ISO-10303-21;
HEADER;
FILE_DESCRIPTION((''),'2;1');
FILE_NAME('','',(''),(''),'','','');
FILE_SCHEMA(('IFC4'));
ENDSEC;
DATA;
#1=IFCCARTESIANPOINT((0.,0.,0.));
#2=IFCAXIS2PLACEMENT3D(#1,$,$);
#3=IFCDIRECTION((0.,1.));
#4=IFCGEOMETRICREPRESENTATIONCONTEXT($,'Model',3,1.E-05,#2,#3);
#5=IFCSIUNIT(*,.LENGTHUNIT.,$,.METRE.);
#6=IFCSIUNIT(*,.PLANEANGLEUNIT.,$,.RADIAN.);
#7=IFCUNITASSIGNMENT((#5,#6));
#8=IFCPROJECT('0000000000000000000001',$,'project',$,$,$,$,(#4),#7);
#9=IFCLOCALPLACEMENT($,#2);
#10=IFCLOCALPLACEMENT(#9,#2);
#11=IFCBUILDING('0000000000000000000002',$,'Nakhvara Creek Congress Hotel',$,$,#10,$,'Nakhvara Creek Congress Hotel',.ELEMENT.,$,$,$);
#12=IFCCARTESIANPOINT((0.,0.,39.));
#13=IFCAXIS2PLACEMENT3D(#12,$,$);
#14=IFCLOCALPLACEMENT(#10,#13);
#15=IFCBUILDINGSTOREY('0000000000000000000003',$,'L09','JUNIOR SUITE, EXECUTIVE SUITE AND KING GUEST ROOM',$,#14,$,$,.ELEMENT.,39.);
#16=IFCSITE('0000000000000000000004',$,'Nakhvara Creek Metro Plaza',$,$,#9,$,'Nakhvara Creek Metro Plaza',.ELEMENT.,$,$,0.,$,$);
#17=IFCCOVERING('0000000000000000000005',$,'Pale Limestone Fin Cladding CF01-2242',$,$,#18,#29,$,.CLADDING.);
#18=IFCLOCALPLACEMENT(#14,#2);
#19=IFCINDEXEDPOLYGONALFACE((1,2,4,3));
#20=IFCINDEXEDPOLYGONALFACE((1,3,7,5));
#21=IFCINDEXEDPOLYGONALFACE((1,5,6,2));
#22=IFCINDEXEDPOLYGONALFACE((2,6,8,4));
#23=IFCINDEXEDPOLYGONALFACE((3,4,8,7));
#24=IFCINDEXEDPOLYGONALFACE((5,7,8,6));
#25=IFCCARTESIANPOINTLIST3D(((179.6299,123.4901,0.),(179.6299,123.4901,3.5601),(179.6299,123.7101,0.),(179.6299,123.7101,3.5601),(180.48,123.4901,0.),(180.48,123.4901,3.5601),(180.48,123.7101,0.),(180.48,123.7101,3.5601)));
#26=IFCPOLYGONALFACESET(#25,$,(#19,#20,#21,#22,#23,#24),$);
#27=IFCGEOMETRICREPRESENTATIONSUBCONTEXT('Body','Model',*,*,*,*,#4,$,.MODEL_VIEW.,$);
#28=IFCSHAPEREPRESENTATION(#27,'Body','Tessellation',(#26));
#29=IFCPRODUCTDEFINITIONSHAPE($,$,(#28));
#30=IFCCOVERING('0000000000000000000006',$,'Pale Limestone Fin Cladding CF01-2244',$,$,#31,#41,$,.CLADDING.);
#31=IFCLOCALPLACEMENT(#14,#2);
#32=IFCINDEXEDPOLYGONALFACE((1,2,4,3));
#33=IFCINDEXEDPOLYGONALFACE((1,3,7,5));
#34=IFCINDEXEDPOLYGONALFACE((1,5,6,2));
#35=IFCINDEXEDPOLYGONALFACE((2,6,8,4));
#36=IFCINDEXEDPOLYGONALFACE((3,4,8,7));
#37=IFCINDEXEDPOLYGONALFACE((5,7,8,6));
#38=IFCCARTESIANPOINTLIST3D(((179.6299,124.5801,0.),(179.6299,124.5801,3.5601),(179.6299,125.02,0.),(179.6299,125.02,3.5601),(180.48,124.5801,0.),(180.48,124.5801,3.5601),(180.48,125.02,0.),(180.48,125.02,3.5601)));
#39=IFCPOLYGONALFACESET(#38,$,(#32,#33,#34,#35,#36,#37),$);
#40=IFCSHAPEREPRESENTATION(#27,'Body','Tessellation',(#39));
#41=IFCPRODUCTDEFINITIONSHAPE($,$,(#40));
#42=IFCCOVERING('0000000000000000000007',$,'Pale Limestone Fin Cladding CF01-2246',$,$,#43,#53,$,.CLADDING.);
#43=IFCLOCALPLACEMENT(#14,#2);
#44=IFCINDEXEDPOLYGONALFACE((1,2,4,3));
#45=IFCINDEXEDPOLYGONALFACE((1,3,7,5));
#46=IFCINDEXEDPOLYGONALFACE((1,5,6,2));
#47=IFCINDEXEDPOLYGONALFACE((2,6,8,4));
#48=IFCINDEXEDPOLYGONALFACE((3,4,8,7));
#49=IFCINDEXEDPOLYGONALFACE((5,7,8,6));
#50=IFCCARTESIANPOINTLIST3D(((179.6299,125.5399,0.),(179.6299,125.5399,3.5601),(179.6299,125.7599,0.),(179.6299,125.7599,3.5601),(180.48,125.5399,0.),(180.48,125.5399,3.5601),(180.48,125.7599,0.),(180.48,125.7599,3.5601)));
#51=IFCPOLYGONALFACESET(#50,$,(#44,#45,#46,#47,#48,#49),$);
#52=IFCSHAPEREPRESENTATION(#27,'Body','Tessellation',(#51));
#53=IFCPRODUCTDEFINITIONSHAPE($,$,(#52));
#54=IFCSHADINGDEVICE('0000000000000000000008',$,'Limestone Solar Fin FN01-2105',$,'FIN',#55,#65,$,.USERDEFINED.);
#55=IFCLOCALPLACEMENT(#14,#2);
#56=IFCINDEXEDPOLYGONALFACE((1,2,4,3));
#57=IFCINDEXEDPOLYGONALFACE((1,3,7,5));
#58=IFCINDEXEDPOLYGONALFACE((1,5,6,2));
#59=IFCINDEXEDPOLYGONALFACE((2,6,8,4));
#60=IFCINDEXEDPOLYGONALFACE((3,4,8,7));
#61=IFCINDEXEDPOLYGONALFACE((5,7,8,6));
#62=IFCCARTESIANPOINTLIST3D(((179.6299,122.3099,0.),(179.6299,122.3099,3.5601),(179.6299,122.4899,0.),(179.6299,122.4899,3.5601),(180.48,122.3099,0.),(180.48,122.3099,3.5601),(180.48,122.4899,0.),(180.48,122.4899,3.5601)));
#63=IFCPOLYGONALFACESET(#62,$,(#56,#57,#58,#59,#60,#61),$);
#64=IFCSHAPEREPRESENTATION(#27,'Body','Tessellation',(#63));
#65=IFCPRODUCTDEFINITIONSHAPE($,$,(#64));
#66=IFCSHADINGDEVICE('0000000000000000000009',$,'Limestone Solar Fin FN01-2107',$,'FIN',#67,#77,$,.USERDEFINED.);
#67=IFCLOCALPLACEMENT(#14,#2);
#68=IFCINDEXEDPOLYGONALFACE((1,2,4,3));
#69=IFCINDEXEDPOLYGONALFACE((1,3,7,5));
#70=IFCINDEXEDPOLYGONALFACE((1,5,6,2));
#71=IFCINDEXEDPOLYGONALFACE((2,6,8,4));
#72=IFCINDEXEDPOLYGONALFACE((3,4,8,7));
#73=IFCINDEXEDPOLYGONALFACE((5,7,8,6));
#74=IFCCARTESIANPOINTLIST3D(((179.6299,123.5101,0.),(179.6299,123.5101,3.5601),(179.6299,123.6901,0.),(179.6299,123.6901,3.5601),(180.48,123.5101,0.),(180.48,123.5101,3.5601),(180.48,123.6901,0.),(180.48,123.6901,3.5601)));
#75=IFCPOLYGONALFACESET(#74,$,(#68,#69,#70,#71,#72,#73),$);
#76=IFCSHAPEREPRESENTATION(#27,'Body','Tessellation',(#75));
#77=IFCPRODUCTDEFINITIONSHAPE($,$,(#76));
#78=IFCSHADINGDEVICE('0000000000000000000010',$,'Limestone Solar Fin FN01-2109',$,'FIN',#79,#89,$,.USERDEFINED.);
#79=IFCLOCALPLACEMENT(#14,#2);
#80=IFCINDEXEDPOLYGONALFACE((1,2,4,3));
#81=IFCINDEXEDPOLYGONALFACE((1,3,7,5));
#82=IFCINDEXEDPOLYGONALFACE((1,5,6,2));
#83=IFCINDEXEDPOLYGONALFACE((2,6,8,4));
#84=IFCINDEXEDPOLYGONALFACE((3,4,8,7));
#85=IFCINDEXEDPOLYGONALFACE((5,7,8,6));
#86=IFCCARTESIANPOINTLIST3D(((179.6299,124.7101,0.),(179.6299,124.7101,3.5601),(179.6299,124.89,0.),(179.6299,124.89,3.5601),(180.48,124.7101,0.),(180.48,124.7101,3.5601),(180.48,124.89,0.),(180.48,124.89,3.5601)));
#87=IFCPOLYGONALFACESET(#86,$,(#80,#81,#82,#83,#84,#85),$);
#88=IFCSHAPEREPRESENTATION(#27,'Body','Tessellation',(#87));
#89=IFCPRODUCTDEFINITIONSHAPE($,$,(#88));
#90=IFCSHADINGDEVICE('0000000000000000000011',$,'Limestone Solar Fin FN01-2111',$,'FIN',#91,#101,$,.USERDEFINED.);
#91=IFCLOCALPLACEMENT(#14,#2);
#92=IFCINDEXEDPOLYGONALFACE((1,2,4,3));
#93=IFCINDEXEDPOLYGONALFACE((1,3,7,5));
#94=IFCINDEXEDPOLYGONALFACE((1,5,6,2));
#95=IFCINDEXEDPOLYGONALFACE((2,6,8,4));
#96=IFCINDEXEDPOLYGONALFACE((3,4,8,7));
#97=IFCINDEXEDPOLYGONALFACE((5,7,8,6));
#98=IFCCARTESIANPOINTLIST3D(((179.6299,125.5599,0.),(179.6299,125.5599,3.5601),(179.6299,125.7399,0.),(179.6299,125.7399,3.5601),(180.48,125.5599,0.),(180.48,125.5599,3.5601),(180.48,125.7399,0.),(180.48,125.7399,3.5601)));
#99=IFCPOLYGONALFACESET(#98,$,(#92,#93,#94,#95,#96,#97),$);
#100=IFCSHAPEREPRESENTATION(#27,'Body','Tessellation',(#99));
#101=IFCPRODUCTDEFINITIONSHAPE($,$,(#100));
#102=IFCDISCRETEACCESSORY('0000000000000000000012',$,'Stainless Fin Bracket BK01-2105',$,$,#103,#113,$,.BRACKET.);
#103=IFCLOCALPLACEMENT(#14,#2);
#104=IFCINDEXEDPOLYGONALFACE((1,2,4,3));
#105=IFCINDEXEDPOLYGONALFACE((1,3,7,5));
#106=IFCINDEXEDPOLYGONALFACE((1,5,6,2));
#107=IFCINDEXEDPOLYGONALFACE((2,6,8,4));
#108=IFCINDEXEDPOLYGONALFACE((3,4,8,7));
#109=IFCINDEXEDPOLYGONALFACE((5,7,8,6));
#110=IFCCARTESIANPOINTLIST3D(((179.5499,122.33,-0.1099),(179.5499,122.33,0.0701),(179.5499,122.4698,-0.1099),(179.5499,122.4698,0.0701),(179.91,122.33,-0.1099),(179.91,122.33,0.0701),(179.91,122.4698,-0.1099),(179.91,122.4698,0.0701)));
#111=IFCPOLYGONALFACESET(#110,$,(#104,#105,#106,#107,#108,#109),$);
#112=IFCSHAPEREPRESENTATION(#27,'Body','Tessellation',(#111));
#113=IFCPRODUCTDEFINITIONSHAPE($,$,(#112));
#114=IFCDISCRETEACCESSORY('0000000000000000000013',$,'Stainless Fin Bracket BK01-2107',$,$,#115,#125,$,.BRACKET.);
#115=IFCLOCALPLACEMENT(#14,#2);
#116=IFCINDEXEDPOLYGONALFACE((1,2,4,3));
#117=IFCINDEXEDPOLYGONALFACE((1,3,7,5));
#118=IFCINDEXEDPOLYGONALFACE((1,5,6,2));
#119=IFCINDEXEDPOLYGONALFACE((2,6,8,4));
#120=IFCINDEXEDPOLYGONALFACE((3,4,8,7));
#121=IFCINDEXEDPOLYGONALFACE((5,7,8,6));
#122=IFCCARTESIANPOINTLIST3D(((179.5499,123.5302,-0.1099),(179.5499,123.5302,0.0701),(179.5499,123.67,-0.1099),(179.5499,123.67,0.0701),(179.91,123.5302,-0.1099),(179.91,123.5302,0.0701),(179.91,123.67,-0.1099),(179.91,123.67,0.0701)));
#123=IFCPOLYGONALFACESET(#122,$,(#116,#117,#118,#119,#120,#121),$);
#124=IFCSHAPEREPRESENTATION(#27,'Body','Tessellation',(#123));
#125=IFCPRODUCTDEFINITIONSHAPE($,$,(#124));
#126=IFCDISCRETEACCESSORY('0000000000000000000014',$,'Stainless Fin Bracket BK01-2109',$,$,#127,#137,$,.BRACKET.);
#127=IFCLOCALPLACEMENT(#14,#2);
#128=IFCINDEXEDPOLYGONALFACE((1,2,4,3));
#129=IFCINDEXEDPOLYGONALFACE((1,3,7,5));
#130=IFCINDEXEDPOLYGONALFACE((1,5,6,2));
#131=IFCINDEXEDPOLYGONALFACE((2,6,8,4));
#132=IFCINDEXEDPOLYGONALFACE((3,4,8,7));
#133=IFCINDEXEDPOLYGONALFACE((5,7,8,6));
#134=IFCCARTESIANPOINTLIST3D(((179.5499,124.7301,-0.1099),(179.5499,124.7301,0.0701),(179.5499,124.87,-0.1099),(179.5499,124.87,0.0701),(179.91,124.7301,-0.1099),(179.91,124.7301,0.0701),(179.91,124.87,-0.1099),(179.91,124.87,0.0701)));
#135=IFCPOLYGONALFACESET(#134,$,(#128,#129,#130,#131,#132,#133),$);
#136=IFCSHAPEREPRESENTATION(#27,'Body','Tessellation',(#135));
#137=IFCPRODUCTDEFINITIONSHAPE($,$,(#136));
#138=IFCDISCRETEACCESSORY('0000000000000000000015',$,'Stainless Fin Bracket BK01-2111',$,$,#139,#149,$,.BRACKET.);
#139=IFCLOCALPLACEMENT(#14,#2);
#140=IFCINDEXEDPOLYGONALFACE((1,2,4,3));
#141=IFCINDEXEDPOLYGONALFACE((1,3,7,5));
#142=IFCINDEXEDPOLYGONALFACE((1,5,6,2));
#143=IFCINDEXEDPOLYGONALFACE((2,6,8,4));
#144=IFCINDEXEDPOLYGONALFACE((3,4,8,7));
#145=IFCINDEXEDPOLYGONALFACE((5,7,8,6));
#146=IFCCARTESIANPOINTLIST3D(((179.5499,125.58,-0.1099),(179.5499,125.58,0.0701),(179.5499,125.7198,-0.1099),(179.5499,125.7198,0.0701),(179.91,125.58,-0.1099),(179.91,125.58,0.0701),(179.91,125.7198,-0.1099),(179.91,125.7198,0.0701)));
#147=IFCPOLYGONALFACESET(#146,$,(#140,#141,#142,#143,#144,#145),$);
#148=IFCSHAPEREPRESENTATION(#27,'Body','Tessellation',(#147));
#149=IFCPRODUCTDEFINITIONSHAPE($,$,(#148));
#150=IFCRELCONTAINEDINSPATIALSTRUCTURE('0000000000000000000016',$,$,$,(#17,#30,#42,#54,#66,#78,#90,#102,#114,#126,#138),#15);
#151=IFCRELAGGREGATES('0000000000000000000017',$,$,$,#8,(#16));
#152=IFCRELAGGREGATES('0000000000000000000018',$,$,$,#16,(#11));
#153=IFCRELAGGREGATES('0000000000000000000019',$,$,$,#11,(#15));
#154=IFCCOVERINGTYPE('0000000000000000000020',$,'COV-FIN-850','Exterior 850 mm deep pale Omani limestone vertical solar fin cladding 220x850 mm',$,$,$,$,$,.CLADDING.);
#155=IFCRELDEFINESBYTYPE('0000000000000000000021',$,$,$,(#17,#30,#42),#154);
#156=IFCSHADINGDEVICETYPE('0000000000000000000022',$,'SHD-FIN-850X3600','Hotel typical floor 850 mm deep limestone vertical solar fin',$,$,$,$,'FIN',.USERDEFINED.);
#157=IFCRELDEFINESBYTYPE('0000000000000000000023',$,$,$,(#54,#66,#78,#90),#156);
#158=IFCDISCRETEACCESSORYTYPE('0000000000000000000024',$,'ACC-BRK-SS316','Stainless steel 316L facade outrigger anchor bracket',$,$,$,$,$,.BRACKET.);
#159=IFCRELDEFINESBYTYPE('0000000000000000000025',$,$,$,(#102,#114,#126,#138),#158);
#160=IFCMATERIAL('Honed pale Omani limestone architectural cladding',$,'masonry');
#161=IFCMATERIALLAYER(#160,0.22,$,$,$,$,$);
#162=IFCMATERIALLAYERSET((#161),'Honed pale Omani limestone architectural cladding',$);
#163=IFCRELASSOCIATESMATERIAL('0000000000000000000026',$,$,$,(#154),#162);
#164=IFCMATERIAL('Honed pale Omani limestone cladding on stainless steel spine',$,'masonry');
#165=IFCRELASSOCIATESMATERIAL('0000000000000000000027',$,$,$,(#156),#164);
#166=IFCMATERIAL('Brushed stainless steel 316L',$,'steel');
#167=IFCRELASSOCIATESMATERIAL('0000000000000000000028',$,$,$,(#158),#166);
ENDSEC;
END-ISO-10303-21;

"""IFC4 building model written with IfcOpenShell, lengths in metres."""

from ifc_helpers import new_model, si_unit, direction, frame, origin, origin_2d, place, context, subcontext, project, spatial, rectangle, extrude, material, layer, layer_set, type_object, element, save


model = new_model("IFC4")

# Units and contexts
model_context = context("Model", 3, precision=1e-05, world=origin(), true_north=direction((0.0, 1.0)))
body_context = subcontext(model_context, "Body", "Model", "MODEL_VIEW")
ifc_project = project(units=[si_unit("LENGTHUNIT", "METRE"), si_unit("PLANEANGLEUNIT", "RADIAN")], contexts=[model_context])

# Site, building, storey
site_placement = place(None, origin())
site = spatial("IfcSite", under=ifc_project, at=site_placement, Name="Nakhvara Creek Metro Plaza", LongName="Nakhvara Creek Metro Plaza", CompositionType="ELEMENT", RefElevation=0.0)
building_placement = place(site_placement, origin())
building = spatial("IfcBuilding", under=site, at=building_placement, Name="Nakhvara Creek Congress Hotel", LongName="Nakhvara Creek Congress Hotel", CompositionType="ELEMENT")
storey_placement = place(building_placement, frame((0.0, 0.0, 39.0)))
storey = spatial("IfcBuildingStorey", under=building, at=storey_placement, Name="L09", Description="JUNIOR SUITE, EXECUTIVE SUITE AND KING GUEST ROOM", CompositionType="ELEMENT", Elevation=39.0)

# Coverings
ifc_material_1 = material(Name="Honed pale Omani limestone architectural cladding", Category="masonry")
ifc_layer_1 = layer(ifc_material_1, 0.22)
ifc_layer_set_1 = layer_set([ifc_layer_1], Name="Honed pale Omani limestone architectural cladding")
covering_type = type_object("IfcCoveringType", Name="COV-FIN-850", Description="Exterior 850 mm deep pale Omani limestone vertical solar fin cladding 220x850 mm", PredefinedType="CLADDING", material=ifc_layer_set_1)
for number, where, z_axis, x_axis, name in (
    (1, (180.0549, 123.6001, 0.0), (0.0, 0.0, 1.0), (0.0, 1.0, 0.0), "Pale Limestone Fin Cladding CF01-2242"),
):
    element("IfcCovering", number, at=place(storey_placement, frame(where, z_axis=z_axis, x_axis=x_axis)), inside=storey, type_object=covering_type, Name=name, PredefinedType="CLADDING", context=body_context, shape_type="SweptSolid", body=[
        extrude(rectangle(XDim=0.22, YDim=0.8501, at=origin_2d()), origin(), (0.0, 0.0, 1.0), 3.5601),
    ])
covering_1_placement = place(storey_placement, frame((180.0549, 124.8, 0.0), z_axis=(0.0, 0.0, 1.0), x_axis=(0.0, 1.0, 0.0)))
element("IfcCovering", 2, at=covering_1_placement, inside=storey, type_object=covering_type, Name="Pale Limestone Fin Cladding CF01-2244", PredefinedType="CLADDING", context=body_context, shape_type="SweptSolid", body=[
    extrude(rectangle(XDim=0.4399, YDim=0.8501, at=origin_2d()), origin(), (0.0, 0.0, 1.0), 3.5601),
])
covering_2_placement = place(storey_placement, frame((180.0549, 125.6499, 0.0), z_axis=(0.0, 0.0, 1.0), x_axis=(0.0, 1.0, 0.0)))
element("IfcCovering", 3, at=covering_2_placement, inside=storey, type_object=covering_type, Name="Pale Limestone Fin Cladding CF01-2246", PredefinedType="CLADDING", context=body_context, shape_type="SweptSolid", body=[
    extrude(rectangle(XDim=0.22, YDim=0.8501, at=origin_2d()), origin(), (0.0, 0.0, 1.0), 3.5601),
])

# Shading devices
ifc_material_2 = material(Name="Honed pale Omani limestone cladding on stainless steel spine", Category="masonry")
shading_device_type = type_object("IfcShadingDeviceType", Name="SHD-FIN-850X3600", Description="Hotel typical floor 850 mm deep limestone vertical solar fin", ElementType="FIN", PredefinedType="USERDEFINED", material=ifc_material_2)
for number, where, z_axis, x_axis, name in (
    (4, (180.0549, 122.3999, 0.0), (0.0, 0.0, 1.0), (0.0, 1.0, 0.0), "Limestone Solar Fin FN01-2105"),
    (5, (180.0549, 123.6001, 0.0), (0.0, 0.0, 1.0), (0.0, 1.0, 0.0), "Limestone Solar Fin FN01-2107"),
    (6, (180.0549, 124.8, 0.0), (0.0, 0.0, 1.0), (0.0, 1.0, 0.0), "Limestone Solar Fin FN01-2109"),
    (7, (180.0549, 125.6499, 0.0), (0.0, 0.0, 1.0), (0.0, 1.0, 0.0), "Limestone Solar Fin FN01-2111"),
):
    element("IfcShadingDevice", number, at=place(storey_placement, frame(where, z_axis=z_axis, x_axis=x_axis)), inside=storey, type_object=shading_device_type, Name=name, ObjectType="FIN", PredefinedType="USERDEFINED", context=body_context, shape_type="SweptSolid", body=[
        extrude(rectangle(XDim=0.1799, YDim=0.8501, at=origin_2d()), origin(), (0.0, 0.0, 1.0), 3.5601),
    ])

# Discrete accessories
ifc_material_3 = material(Name="Brushed stainless steel 316L", Category="steel")
discrete_accessory_type = type_object("IfcDiscreteAccessoryType", Name="ACC-BRK-SS316", Description="Stainless steel 316L facade outrigger anchor bracket", PredefinedType="BRACKET", material=ifc_material_3)
for number, where, z_axis, x_axis, name in (
    (8, (179.73, 122.3999, -0.1099), (0.0, 0.0, 1.0), (0.0, 1.0, 0.0), "Stainless Fin Bracket BK01-2105"),
    (9, (179.73, 123.6001, -0.1099), (0.0, 0.0, 1.0), (0.0, 1.0, 0.0), "Stainless Fin Bracket BK01-2107"),
    (10, (179.73, 124.8, -0.1099), (0.0, 0.0, 1.0), (0.0, 1.0, 0.0), "Stainless Fin Bracket BK01-2109"),
    (11, (179.73, 125.6499, -0.1099), (0.0, 0.0, 1.0), (0.0, 1.0, 0.0), "Stainless Fin Bracket BK01-2111"),
):
    element("IfcDiscreteAccessory", number, at=place(storey_placement, frame(where, z_axis=z_axis, x_axis=x_axis)), inside=storey, type_object=discrete_accessory_type, Name=name, PredefinedType="BRACKET", context=body_context, shape_type="SweptSolid", body=[
        extrude(rectangle(XDim=0.1399, YDim=0.3601, at=origin_2d()), origin(), (0.0, 0.0, 1.0), 0.1799),
    ])

save(model, "model.ifc")
